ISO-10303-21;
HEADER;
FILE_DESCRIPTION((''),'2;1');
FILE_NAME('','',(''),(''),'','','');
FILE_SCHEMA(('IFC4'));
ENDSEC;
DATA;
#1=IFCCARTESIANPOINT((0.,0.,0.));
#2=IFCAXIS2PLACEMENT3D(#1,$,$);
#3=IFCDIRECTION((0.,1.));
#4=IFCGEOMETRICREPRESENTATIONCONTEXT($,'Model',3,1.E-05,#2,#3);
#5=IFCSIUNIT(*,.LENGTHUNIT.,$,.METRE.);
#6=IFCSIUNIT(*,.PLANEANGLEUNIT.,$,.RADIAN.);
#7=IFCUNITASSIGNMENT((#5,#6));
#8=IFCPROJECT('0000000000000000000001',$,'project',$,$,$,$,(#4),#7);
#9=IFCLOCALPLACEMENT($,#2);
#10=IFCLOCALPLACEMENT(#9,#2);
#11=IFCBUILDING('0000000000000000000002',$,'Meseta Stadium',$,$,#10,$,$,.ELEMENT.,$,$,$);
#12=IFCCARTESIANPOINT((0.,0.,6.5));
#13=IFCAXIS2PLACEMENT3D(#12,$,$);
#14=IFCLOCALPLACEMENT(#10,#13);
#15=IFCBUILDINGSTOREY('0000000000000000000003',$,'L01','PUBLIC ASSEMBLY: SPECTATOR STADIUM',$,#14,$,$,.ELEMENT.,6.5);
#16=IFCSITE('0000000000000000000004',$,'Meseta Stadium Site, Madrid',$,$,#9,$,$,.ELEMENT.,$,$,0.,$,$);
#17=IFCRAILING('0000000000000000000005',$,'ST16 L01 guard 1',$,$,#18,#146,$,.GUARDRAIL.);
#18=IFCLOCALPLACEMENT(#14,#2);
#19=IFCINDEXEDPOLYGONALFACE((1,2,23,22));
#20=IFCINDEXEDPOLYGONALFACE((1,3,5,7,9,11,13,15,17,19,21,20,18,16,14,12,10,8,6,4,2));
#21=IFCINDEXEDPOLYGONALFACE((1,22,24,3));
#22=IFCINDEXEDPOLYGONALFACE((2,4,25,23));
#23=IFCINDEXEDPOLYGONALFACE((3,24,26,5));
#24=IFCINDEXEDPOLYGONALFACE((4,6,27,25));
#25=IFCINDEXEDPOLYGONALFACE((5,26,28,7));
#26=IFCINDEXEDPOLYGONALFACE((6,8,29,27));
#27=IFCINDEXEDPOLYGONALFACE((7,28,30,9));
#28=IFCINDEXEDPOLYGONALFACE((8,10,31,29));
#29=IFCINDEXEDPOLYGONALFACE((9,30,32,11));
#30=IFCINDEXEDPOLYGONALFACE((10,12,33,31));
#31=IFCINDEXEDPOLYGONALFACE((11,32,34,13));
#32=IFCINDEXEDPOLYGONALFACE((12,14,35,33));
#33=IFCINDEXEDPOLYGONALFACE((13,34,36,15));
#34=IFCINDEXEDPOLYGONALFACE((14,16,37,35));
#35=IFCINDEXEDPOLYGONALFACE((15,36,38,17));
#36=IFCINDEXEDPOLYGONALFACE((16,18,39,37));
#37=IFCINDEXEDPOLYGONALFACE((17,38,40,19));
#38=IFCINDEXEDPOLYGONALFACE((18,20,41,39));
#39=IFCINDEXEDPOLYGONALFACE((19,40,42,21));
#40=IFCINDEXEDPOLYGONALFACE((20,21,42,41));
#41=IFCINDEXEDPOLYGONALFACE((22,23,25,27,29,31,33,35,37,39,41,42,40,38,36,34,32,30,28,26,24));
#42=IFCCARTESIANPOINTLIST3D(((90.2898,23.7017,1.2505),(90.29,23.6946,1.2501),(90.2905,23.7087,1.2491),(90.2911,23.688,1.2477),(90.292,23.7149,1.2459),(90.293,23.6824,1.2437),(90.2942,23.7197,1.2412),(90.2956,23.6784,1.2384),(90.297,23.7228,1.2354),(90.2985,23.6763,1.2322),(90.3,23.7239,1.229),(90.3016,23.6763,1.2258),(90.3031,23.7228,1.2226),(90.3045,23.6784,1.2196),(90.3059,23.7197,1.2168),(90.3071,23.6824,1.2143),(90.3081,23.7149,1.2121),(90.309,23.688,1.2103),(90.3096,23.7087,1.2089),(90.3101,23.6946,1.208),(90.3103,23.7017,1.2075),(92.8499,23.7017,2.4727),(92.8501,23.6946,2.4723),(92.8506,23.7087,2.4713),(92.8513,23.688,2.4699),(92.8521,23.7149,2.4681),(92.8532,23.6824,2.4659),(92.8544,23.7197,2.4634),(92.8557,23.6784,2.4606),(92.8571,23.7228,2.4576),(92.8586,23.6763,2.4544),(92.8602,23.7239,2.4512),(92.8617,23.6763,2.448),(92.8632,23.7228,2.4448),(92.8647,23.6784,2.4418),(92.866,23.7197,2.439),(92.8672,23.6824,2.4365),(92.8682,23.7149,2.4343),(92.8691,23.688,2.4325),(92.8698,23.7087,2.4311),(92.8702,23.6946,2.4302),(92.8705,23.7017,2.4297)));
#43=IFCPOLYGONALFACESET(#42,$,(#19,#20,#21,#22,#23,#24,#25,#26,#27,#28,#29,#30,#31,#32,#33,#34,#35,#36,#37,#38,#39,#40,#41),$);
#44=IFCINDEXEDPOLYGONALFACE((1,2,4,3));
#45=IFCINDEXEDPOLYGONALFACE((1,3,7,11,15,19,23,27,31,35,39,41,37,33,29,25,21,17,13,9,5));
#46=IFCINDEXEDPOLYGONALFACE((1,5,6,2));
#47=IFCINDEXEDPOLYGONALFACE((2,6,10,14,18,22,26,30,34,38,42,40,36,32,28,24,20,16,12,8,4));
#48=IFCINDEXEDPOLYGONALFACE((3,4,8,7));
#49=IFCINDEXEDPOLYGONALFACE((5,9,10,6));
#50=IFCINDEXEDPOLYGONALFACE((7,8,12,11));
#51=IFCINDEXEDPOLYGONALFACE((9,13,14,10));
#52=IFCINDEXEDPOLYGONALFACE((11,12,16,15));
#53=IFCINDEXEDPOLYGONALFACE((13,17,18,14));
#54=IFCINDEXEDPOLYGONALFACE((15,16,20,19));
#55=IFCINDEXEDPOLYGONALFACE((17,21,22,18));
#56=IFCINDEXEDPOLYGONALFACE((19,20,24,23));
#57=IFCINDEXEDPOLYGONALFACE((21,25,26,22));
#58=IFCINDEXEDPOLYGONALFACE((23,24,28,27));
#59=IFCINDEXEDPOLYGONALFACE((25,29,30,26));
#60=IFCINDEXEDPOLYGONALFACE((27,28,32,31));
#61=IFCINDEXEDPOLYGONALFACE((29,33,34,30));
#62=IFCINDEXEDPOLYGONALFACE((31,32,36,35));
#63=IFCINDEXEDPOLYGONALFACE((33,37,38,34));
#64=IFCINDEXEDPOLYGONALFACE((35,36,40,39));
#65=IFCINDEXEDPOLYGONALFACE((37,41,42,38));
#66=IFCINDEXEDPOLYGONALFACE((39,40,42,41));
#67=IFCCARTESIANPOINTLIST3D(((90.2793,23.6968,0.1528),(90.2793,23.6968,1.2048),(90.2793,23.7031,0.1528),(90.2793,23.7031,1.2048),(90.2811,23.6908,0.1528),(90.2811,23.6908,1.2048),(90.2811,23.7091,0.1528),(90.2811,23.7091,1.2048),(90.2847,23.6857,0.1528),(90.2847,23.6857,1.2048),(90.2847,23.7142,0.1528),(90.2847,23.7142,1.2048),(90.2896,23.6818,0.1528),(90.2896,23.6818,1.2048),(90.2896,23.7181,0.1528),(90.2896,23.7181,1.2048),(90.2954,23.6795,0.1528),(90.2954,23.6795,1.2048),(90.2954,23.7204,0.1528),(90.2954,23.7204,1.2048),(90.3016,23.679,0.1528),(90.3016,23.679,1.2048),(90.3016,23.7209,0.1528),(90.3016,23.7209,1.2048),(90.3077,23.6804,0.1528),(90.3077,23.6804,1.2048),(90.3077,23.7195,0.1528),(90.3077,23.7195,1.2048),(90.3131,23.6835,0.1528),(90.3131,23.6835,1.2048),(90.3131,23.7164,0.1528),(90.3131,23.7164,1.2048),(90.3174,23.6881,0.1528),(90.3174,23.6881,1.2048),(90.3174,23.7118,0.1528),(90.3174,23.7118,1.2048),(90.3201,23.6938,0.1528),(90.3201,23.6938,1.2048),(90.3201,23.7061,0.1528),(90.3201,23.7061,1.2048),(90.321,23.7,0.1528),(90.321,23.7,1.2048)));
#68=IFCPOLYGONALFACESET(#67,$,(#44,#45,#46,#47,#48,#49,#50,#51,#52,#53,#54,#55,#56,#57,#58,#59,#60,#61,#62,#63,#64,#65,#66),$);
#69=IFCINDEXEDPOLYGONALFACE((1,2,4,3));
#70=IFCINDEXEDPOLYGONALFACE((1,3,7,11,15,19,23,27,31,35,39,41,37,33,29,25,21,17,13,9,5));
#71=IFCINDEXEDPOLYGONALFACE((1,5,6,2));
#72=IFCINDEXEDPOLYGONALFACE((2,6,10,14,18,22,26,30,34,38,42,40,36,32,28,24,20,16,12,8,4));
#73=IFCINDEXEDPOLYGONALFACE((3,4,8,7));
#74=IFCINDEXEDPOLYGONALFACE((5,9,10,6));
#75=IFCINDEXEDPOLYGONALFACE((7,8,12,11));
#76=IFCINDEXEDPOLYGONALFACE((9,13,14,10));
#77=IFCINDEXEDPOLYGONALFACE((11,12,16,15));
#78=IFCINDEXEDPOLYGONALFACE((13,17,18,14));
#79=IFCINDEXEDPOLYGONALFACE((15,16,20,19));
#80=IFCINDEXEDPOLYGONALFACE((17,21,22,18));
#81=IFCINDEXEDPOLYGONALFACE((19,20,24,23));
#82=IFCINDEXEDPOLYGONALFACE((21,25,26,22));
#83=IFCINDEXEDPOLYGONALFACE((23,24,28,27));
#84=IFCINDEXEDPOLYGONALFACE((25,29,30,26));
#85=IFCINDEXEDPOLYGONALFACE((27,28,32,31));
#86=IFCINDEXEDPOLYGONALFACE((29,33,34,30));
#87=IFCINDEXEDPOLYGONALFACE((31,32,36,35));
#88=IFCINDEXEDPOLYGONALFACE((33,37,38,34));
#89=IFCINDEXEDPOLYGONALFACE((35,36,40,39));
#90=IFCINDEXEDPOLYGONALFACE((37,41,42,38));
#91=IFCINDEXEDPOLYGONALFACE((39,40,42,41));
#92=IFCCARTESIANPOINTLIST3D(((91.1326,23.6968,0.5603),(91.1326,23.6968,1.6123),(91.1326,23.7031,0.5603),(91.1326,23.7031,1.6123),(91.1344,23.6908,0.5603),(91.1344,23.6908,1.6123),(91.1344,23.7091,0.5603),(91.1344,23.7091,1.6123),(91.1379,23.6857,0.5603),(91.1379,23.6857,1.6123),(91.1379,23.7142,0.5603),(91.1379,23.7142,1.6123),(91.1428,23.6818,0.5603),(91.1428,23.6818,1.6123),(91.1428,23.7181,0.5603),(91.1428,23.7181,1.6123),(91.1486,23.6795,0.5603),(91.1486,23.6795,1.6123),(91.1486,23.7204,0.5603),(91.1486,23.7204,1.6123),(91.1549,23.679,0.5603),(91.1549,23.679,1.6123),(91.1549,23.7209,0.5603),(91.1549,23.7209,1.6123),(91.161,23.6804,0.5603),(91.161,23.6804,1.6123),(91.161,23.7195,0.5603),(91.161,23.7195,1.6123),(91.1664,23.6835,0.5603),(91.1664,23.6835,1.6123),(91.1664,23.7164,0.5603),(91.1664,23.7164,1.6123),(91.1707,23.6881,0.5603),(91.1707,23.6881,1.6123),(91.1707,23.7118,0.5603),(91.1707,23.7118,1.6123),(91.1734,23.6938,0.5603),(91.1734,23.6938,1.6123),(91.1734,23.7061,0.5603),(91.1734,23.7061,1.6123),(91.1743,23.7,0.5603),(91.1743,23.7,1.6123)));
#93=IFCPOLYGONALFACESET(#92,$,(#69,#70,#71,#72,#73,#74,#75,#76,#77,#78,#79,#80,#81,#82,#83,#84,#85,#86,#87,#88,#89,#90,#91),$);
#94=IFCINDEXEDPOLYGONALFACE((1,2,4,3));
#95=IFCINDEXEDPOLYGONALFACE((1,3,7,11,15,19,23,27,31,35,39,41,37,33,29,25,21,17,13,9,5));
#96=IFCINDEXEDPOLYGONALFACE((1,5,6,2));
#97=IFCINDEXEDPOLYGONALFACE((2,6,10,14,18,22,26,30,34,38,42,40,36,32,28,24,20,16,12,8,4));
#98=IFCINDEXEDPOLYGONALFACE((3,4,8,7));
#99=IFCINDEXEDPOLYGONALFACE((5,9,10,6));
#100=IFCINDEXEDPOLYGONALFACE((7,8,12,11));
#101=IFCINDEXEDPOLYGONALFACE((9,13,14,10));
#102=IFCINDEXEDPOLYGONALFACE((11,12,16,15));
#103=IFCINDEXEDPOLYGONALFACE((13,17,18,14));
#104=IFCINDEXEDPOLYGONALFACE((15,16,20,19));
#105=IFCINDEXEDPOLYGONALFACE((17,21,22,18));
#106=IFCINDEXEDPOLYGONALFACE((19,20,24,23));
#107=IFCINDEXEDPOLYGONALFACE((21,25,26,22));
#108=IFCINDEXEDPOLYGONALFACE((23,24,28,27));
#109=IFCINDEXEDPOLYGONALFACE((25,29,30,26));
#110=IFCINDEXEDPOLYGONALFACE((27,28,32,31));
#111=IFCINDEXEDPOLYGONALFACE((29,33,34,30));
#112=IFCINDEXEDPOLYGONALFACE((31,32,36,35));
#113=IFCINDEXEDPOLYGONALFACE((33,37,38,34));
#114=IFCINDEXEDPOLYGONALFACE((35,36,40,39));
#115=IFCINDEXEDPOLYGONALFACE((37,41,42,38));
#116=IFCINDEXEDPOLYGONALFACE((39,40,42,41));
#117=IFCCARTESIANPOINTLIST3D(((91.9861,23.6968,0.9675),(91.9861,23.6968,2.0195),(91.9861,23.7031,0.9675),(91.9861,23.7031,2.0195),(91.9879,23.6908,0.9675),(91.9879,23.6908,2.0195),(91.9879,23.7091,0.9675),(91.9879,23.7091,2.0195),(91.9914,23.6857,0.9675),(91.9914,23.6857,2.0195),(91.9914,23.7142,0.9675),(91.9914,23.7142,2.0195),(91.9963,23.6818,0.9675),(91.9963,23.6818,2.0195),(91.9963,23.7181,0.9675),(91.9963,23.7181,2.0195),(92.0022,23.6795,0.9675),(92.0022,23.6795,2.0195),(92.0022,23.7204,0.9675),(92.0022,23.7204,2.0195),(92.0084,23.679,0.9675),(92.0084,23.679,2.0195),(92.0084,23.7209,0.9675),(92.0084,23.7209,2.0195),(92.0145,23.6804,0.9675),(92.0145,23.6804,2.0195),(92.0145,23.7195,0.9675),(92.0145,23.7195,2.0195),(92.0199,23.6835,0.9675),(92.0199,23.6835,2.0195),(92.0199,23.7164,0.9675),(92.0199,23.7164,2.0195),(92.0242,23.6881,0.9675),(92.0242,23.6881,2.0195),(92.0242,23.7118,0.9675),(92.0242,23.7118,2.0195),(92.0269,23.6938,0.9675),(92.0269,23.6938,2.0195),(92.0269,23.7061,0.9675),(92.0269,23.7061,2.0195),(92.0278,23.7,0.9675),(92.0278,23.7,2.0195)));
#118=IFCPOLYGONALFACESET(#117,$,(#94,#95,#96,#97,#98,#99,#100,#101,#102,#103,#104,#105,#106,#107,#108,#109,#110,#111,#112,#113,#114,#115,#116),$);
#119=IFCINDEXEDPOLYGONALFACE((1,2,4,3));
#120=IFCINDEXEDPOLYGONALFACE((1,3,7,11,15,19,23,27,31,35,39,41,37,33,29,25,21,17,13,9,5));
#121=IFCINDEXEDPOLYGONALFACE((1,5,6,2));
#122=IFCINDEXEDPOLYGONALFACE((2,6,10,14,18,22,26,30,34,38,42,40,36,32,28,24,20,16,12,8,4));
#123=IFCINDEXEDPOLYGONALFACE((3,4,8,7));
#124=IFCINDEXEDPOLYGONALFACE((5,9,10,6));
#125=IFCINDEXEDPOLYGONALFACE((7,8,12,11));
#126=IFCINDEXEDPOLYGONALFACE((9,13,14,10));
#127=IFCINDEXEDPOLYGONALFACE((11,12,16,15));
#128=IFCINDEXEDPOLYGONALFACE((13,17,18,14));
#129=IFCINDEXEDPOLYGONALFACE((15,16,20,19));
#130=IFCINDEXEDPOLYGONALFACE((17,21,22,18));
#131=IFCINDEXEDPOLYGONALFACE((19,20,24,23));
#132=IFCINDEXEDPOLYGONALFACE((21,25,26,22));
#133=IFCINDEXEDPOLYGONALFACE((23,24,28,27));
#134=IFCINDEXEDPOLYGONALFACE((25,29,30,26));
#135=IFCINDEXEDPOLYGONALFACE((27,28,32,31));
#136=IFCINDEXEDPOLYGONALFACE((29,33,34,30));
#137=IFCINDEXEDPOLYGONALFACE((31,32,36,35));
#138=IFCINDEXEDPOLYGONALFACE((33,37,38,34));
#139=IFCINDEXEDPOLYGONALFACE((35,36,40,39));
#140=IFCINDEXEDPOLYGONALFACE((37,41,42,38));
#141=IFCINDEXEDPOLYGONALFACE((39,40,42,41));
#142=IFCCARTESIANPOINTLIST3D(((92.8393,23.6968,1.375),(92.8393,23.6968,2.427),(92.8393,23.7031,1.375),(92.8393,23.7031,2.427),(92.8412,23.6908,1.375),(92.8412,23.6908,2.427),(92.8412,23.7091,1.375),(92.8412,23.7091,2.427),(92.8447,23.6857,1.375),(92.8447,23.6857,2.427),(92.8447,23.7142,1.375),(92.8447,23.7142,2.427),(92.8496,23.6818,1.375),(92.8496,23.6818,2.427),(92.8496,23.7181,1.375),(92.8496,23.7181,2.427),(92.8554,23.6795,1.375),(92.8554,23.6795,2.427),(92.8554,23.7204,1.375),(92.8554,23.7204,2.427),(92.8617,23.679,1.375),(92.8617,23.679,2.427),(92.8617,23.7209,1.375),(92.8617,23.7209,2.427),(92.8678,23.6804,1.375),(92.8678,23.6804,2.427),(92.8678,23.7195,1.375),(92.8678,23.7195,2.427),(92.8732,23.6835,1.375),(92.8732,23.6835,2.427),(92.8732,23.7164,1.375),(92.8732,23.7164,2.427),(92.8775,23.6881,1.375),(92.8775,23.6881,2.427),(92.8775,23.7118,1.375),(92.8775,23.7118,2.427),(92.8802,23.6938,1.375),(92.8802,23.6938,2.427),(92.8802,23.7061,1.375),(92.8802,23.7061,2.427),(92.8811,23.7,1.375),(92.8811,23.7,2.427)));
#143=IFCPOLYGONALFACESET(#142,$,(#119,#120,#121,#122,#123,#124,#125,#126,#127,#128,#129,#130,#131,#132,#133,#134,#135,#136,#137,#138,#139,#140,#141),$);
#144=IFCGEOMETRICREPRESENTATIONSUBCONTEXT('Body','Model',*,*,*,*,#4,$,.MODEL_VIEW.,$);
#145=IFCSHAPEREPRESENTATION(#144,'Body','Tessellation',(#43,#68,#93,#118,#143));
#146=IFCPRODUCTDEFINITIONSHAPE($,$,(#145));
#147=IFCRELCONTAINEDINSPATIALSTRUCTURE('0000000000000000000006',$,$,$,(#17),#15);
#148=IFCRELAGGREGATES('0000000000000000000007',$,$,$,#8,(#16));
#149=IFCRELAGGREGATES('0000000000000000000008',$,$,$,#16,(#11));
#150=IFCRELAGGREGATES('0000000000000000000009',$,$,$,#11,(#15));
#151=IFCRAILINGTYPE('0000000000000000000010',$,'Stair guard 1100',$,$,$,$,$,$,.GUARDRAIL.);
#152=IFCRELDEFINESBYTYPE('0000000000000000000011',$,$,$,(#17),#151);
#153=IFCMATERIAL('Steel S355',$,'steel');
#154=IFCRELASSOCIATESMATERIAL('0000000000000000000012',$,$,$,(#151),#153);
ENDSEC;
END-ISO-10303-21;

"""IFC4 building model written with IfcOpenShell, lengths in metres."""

from ifc_helpers import new_model, si_unit, direction, frame, origin, origin_2d, place, context, subcontext, project, spatial, circle, extrude, material, type_object, element, save


model = new_model("IFC4")

# Units and contexts
model_context = context("Model", 3, precision=1e-05, world=origin(), true_north=direction((0.0, 1.0)))
body_context = subcontext(model_context, "Body", "Model", "MODEL_VIEW")
ifc_project = project(units=[si_unit("LENGTHUNIT", "METRE"), si_unit("PLANEANGLEUNIT", "RADIAN")], contexts=[model_context])

# Site, building, storey
site_placement = place(None, origin())
site = spatial("IfcSite", under=ifc_project, at=site_placement, Name="Meseta Stadium Site, Madrid", CompositionType="ELEMENT", RefElevation=0.0)
building_placement = place(site_placement, origin())
building = spatial("IfcBuilding", under=site, at=building_placement, Name="Meseta Stadium", CompositionType="ELEMENT")
storey_placement = place(building_placement, frame((0.0, 0.0, 6.5)))
storey = spatial("IfcBuildingStorey", under=building, at=storey_placement, Name="L01", Description="PUBLIC ASSEMBLY: SPECTATOR STADIUM", CompositionType="ELEMENT", Elevation=6.5)

# Railing
ifc_material_1 = material(Name="Steel S355", Category="steel")
railing_type_1 = type_object("IfcRailingType", Name="Stair guard 1100", PredefinedType="GUARDRAIL", material=ifc_material_1)
railing_1_placement = place(storey_placement, frame((90.3, 23.7, 0.1528)))
element("IfcRailing", 1, at=railing_1_placement, inside=storey, type_object=railing_type_1, Name="ST16 L01 guard 1", PredefinedType="GUARDRAIL", context=body_context, shape_type="SweptSolid", body=[
    extrude(circle(Radius=0.0239, at=origin_2d()), frame((0.0, 0.0, 1.0762), z_axis=(0.902437, 0.0, 0.430822), x_axis=(0.0, 1.0, 0.0)), (0.0, 0.0, 1.0), 2.8369),
    extrude(circle(Radius=0.021, at=origin_2d()), origin(), (0.0, 0.0, 1.0), 1.052),
    extrude(circle(Radius=0.021, at=origin_2d()), frame((0.8533, 0.0, 0.4075)), (0.0, 0.0, 1.0), 1.052),
    extrude(circle(Radius=0.021, at=origin_2d()), frame((1.7068, 0.0, 0.8147)), (0.0, 0.0, 1.0), 1.052),
    extrude(circle(Radius=0.021, at=origin_2d()), frame((2.5601, 0.0, 1.2222)), (0.0, 0.0, 1.0), 1.052),
])

save(model, "model.ifc")
